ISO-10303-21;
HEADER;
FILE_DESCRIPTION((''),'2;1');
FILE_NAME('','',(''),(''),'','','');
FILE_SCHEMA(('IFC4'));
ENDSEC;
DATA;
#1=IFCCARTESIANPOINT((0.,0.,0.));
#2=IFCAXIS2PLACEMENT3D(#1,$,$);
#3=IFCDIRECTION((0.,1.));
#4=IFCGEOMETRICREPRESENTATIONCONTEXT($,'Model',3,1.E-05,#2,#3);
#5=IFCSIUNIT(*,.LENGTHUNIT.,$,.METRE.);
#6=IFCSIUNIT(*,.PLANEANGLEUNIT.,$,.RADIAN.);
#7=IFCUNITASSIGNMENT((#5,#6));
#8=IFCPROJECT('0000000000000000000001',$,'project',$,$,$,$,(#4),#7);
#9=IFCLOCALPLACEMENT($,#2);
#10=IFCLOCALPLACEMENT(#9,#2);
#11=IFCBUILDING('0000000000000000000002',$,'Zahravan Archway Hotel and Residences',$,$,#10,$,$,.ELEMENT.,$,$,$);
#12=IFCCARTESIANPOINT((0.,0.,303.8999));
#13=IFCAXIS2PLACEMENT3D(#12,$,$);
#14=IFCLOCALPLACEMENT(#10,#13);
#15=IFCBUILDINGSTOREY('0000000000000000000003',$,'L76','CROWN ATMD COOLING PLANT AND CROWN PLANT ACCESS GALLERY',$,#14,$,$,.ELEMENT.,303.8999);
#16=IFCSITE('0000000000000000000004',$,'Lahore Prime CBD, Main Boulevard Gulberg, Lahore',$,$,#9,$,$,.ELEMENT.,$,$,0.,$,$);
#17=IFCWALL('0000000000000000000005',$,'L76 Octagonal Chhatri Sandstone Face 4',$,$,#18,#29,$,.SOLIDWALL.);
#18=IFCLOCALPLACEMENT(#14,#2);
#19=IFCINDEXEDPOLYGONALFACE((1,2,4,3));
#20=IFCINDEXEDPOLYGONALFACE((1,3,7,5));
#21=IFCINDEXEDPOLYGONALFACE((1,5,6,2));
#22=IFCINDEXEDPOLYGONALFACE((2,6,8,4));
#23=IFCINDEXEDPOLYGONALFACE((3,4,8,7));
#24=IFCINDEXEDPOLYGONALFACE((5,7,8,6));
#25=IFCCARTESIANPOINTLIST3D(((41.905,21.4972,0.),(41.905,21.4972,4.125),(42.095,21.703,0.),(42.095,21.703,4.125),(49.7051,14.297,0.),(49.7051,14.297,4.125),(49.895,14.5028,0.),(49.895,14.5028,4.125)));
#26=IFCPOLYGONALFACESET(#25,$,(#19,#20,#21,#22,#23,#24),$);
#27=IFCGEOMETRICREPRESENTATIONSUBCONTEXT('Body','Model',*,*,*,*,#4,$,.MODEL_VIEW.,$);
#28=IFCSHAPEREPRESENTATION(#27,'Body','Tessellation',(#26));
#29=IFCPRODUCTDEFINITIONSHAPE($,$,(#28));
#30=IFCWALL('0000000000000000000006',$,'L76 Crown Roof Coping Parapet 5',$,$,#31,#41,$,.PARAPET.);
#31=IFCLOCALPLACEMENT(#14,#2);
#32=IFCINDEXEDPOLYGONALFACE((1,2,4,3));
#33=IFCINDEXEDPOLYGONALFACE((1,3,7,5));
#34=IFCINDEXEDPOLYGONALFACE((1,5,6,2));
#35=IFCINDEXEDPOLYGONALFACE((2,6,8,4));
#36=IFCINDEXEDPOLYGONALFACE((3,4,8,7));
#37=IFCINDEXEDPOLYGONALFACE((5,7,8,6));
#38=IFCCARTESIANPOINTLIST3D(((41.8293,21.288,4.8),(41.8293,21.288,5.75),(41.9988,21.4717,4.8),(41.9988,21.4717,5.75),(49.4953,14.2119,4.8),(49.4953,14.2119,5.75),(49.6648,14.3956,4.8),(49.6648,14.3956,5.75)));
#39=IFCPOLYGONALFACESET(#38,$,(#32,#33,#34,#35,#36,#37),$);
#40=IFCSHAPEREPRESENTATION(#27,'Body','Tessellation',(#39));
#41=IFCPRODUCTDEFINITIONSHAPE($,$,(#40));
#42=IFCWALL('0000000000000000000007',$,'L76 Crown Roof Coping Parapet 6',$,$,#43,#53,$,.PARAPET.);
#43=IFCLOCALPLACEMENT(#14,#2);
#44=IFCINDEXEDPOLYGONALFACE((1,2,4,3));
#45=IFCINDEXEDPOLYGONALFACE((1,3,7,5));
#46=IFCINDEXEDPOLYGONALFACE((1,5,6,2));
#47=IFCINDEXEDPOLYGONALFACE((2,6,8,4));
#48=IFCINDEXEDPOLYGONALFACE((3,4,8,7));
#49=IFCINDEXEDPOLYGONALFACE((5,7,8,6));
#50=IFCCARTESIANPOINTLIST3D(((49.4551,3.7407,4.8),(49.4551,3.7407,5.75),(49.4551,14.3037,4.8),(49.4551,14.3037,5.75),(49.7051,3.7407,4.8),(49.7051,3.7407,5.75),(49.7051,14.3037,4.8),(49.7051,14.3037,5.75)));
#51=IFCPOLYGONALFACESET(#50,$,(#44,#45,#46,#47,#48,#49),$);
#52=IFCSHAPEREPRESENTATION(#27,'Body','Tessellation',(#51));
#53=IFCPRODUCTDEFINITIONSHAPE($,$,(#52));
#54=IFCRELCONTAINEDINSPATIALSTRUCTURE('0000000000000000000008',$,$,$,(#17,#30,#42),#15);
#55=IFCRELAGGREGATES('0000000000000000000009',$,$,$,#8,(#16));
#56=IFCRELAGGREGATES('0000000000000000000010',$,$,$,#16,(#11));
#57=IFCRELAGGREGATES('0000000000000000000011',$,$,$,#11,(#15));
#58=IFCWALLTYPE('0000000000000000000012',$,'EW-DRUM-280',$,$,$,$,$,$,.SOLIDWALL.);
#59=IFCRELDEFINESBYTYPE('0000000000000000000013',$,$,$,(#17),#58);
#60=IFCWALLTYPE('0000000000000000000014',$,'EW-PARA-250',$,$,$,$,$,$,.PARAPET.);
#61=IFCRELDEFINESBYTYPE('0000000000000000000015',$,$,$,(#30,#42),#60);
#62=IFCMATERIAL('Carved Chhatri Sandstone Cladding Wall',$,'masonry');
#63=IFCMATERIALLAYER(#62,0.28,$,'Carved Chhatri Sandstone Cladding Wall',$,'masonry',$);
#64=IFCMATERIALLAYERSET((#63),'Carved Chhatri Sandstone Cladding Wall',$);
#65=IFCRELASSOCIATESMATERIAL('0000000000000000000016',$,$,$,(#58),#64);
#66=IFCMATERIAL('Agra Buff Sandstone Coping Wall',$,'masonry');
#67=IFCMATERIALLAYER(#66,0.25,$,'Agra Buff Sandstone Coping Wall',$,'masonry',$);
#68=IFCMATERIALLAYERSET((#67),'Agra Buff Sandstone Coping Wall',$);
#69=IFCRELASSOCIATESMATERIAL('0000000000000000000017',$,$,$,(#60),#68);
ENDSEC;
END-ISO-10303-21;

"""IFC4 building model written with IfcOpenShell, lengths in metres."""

from ifc_helpers import new_model, si_unit, direction, frame, frame_2d, origin, place, context, subcontext, project, spatial, rectangle, extrude, material, layer, layer_set, type_object, element, save


model = new_model("IFC4")

# Units and contexts
model_context = context("Model", 3, precision=1e-05, world=origin(), true_north=direction((0.0, 1.0)))
body_context = subcontext(model_context, "Body", "Model", "MODEL_VIEW")
ifc_project = project(units=[si_unit("LENGTHUNIT", "METRE"), si_unit("PLANEANGLEUNIT", "RADIAN")], contexts=[model_context])

# Site, building, storey
site_placement = place(None, origin())
site = spatial("IfcSite", under=ifc_project, at=site_placement, Name="Lahore Prime CBD, Main Boulevard Gulberg, Lahore", CompositionType="ELEMENT", RefElevation=0.0)
building_placement = place(site_placement, origin())
building = spatial("IfcBuilding", under=site, at=building_placement, Name="Zahravan Archway Hotel and Residences", CompositionType="ELEMENT")
storey_placement = place(building_placement, frame((0.0, 0.0, 303.8999)))
storey = spatial("IfcBuildingStorey", under=building, at=storey_placement, Name="L76", Description="CROWN ATMD COOLING PLANT AND CROWN PLANT ACCESS GALLERY", CompositionType="ELEMENT", Elevation=303.8999)

# Walls
ifc_material_1 = material(Name="Carved Chhatri Sandstone Cladding Wall", Category="masonry")
ifc_layer_1 = layer(ifc_material_1, 0.28, Name="Carved Chhatri Sandstone Cladding Wall", Category="masonry")
ifc_layer_set_1 = layer_set([ifc_layer_1], Name="Carved Chhatri Sandstone Cladding Wall")
wall_type_1 = type_object("IfcWallType", Name="EW-DRUM-280", PredefinedType="SOLIDWALL", material=ifc_layer_set_1)
wall_1_placement = place(storey_placement, frame((49.8, 14.3999, 0.0), z_axis=(0.0, 0.0, 1.0), x_axis=(-0.734796, 0.678288, 0.0)))
element("IfcWall", 1, at=wall_1_placement, inside=storey, type_object=wall_type_1, Name="L76 Octagonal Chhatri Sandstone Face 4", PredefinedType="SOLIDWALL", context=body_context, shape_type="SweptSolid", body=[
    extrude(rectangle(XDim=10.6152, YDim=0.28, at=frame_2d((5.3076, 0.0))), origin(), (0.0, 0.0, 1.0), 4.125),
])
ifc_material_2 = material(Name="Agra Buff Sandstone Coping Wall", Category="masonry")
ifc_layer_2 = layer(ifc_material_2, 0.25, Name="Agra Buff Sandstone Coping Wall", Category="masonry")
ifc_layer_set_2 = layer_set([ifc_layer_2], Name="Agra Buff Sandstone Coping Wall")
wall_type_2 = type_object("IfcWallType", Name="EW-PARA-250", PredefinedType="PARAPET", material=ifc_layer_set_2)
wall_2_placement = place(storey_placement, frame((41.9141, 21.3799, 4.8), z_axis=(0.0, 0.0, 1.0), x_axis=(0.734811, -0.678272, 0.0)))
element("IfcWall", 2, at=wall_2_placement, inside=storey, type_object=wall_type_2, Name="L76 Crown Roof Coping Parapet 5", PredefinedType="PARAPET", context=body_context, shape_type="SweptSolid", body=[
    extrude(rectangle(XDim=10.4326, YDim=0.25, at=frame_2d((5.2163, 0.0))), origin(), (0.0, 0.0, 1.0), 0.95),
])
wall_3_placement = place(storey_placement, frame((49.5801, 14.3037, 4.8), z_axis=(0.0, 0.0, 1.0), x_axis=(0.0, -1.0, 0.0)))
element("IfcWall", 3, at=wall_3_placement, inside=storey, type_object=wall_type_2, Name="L76 Crown Roof Coping Parapet 6", PredefinedType="PARAPET", context=body_context, shape_type="SweptSolid", body=[
    extrude(rectangle(XDim=10.563, YDim=0.25, at=frame_2d((5.2815, 0.0))), origin(), (0.0, 0.0, 1.0), 0.95),
])

save(model, "model.ifc")
